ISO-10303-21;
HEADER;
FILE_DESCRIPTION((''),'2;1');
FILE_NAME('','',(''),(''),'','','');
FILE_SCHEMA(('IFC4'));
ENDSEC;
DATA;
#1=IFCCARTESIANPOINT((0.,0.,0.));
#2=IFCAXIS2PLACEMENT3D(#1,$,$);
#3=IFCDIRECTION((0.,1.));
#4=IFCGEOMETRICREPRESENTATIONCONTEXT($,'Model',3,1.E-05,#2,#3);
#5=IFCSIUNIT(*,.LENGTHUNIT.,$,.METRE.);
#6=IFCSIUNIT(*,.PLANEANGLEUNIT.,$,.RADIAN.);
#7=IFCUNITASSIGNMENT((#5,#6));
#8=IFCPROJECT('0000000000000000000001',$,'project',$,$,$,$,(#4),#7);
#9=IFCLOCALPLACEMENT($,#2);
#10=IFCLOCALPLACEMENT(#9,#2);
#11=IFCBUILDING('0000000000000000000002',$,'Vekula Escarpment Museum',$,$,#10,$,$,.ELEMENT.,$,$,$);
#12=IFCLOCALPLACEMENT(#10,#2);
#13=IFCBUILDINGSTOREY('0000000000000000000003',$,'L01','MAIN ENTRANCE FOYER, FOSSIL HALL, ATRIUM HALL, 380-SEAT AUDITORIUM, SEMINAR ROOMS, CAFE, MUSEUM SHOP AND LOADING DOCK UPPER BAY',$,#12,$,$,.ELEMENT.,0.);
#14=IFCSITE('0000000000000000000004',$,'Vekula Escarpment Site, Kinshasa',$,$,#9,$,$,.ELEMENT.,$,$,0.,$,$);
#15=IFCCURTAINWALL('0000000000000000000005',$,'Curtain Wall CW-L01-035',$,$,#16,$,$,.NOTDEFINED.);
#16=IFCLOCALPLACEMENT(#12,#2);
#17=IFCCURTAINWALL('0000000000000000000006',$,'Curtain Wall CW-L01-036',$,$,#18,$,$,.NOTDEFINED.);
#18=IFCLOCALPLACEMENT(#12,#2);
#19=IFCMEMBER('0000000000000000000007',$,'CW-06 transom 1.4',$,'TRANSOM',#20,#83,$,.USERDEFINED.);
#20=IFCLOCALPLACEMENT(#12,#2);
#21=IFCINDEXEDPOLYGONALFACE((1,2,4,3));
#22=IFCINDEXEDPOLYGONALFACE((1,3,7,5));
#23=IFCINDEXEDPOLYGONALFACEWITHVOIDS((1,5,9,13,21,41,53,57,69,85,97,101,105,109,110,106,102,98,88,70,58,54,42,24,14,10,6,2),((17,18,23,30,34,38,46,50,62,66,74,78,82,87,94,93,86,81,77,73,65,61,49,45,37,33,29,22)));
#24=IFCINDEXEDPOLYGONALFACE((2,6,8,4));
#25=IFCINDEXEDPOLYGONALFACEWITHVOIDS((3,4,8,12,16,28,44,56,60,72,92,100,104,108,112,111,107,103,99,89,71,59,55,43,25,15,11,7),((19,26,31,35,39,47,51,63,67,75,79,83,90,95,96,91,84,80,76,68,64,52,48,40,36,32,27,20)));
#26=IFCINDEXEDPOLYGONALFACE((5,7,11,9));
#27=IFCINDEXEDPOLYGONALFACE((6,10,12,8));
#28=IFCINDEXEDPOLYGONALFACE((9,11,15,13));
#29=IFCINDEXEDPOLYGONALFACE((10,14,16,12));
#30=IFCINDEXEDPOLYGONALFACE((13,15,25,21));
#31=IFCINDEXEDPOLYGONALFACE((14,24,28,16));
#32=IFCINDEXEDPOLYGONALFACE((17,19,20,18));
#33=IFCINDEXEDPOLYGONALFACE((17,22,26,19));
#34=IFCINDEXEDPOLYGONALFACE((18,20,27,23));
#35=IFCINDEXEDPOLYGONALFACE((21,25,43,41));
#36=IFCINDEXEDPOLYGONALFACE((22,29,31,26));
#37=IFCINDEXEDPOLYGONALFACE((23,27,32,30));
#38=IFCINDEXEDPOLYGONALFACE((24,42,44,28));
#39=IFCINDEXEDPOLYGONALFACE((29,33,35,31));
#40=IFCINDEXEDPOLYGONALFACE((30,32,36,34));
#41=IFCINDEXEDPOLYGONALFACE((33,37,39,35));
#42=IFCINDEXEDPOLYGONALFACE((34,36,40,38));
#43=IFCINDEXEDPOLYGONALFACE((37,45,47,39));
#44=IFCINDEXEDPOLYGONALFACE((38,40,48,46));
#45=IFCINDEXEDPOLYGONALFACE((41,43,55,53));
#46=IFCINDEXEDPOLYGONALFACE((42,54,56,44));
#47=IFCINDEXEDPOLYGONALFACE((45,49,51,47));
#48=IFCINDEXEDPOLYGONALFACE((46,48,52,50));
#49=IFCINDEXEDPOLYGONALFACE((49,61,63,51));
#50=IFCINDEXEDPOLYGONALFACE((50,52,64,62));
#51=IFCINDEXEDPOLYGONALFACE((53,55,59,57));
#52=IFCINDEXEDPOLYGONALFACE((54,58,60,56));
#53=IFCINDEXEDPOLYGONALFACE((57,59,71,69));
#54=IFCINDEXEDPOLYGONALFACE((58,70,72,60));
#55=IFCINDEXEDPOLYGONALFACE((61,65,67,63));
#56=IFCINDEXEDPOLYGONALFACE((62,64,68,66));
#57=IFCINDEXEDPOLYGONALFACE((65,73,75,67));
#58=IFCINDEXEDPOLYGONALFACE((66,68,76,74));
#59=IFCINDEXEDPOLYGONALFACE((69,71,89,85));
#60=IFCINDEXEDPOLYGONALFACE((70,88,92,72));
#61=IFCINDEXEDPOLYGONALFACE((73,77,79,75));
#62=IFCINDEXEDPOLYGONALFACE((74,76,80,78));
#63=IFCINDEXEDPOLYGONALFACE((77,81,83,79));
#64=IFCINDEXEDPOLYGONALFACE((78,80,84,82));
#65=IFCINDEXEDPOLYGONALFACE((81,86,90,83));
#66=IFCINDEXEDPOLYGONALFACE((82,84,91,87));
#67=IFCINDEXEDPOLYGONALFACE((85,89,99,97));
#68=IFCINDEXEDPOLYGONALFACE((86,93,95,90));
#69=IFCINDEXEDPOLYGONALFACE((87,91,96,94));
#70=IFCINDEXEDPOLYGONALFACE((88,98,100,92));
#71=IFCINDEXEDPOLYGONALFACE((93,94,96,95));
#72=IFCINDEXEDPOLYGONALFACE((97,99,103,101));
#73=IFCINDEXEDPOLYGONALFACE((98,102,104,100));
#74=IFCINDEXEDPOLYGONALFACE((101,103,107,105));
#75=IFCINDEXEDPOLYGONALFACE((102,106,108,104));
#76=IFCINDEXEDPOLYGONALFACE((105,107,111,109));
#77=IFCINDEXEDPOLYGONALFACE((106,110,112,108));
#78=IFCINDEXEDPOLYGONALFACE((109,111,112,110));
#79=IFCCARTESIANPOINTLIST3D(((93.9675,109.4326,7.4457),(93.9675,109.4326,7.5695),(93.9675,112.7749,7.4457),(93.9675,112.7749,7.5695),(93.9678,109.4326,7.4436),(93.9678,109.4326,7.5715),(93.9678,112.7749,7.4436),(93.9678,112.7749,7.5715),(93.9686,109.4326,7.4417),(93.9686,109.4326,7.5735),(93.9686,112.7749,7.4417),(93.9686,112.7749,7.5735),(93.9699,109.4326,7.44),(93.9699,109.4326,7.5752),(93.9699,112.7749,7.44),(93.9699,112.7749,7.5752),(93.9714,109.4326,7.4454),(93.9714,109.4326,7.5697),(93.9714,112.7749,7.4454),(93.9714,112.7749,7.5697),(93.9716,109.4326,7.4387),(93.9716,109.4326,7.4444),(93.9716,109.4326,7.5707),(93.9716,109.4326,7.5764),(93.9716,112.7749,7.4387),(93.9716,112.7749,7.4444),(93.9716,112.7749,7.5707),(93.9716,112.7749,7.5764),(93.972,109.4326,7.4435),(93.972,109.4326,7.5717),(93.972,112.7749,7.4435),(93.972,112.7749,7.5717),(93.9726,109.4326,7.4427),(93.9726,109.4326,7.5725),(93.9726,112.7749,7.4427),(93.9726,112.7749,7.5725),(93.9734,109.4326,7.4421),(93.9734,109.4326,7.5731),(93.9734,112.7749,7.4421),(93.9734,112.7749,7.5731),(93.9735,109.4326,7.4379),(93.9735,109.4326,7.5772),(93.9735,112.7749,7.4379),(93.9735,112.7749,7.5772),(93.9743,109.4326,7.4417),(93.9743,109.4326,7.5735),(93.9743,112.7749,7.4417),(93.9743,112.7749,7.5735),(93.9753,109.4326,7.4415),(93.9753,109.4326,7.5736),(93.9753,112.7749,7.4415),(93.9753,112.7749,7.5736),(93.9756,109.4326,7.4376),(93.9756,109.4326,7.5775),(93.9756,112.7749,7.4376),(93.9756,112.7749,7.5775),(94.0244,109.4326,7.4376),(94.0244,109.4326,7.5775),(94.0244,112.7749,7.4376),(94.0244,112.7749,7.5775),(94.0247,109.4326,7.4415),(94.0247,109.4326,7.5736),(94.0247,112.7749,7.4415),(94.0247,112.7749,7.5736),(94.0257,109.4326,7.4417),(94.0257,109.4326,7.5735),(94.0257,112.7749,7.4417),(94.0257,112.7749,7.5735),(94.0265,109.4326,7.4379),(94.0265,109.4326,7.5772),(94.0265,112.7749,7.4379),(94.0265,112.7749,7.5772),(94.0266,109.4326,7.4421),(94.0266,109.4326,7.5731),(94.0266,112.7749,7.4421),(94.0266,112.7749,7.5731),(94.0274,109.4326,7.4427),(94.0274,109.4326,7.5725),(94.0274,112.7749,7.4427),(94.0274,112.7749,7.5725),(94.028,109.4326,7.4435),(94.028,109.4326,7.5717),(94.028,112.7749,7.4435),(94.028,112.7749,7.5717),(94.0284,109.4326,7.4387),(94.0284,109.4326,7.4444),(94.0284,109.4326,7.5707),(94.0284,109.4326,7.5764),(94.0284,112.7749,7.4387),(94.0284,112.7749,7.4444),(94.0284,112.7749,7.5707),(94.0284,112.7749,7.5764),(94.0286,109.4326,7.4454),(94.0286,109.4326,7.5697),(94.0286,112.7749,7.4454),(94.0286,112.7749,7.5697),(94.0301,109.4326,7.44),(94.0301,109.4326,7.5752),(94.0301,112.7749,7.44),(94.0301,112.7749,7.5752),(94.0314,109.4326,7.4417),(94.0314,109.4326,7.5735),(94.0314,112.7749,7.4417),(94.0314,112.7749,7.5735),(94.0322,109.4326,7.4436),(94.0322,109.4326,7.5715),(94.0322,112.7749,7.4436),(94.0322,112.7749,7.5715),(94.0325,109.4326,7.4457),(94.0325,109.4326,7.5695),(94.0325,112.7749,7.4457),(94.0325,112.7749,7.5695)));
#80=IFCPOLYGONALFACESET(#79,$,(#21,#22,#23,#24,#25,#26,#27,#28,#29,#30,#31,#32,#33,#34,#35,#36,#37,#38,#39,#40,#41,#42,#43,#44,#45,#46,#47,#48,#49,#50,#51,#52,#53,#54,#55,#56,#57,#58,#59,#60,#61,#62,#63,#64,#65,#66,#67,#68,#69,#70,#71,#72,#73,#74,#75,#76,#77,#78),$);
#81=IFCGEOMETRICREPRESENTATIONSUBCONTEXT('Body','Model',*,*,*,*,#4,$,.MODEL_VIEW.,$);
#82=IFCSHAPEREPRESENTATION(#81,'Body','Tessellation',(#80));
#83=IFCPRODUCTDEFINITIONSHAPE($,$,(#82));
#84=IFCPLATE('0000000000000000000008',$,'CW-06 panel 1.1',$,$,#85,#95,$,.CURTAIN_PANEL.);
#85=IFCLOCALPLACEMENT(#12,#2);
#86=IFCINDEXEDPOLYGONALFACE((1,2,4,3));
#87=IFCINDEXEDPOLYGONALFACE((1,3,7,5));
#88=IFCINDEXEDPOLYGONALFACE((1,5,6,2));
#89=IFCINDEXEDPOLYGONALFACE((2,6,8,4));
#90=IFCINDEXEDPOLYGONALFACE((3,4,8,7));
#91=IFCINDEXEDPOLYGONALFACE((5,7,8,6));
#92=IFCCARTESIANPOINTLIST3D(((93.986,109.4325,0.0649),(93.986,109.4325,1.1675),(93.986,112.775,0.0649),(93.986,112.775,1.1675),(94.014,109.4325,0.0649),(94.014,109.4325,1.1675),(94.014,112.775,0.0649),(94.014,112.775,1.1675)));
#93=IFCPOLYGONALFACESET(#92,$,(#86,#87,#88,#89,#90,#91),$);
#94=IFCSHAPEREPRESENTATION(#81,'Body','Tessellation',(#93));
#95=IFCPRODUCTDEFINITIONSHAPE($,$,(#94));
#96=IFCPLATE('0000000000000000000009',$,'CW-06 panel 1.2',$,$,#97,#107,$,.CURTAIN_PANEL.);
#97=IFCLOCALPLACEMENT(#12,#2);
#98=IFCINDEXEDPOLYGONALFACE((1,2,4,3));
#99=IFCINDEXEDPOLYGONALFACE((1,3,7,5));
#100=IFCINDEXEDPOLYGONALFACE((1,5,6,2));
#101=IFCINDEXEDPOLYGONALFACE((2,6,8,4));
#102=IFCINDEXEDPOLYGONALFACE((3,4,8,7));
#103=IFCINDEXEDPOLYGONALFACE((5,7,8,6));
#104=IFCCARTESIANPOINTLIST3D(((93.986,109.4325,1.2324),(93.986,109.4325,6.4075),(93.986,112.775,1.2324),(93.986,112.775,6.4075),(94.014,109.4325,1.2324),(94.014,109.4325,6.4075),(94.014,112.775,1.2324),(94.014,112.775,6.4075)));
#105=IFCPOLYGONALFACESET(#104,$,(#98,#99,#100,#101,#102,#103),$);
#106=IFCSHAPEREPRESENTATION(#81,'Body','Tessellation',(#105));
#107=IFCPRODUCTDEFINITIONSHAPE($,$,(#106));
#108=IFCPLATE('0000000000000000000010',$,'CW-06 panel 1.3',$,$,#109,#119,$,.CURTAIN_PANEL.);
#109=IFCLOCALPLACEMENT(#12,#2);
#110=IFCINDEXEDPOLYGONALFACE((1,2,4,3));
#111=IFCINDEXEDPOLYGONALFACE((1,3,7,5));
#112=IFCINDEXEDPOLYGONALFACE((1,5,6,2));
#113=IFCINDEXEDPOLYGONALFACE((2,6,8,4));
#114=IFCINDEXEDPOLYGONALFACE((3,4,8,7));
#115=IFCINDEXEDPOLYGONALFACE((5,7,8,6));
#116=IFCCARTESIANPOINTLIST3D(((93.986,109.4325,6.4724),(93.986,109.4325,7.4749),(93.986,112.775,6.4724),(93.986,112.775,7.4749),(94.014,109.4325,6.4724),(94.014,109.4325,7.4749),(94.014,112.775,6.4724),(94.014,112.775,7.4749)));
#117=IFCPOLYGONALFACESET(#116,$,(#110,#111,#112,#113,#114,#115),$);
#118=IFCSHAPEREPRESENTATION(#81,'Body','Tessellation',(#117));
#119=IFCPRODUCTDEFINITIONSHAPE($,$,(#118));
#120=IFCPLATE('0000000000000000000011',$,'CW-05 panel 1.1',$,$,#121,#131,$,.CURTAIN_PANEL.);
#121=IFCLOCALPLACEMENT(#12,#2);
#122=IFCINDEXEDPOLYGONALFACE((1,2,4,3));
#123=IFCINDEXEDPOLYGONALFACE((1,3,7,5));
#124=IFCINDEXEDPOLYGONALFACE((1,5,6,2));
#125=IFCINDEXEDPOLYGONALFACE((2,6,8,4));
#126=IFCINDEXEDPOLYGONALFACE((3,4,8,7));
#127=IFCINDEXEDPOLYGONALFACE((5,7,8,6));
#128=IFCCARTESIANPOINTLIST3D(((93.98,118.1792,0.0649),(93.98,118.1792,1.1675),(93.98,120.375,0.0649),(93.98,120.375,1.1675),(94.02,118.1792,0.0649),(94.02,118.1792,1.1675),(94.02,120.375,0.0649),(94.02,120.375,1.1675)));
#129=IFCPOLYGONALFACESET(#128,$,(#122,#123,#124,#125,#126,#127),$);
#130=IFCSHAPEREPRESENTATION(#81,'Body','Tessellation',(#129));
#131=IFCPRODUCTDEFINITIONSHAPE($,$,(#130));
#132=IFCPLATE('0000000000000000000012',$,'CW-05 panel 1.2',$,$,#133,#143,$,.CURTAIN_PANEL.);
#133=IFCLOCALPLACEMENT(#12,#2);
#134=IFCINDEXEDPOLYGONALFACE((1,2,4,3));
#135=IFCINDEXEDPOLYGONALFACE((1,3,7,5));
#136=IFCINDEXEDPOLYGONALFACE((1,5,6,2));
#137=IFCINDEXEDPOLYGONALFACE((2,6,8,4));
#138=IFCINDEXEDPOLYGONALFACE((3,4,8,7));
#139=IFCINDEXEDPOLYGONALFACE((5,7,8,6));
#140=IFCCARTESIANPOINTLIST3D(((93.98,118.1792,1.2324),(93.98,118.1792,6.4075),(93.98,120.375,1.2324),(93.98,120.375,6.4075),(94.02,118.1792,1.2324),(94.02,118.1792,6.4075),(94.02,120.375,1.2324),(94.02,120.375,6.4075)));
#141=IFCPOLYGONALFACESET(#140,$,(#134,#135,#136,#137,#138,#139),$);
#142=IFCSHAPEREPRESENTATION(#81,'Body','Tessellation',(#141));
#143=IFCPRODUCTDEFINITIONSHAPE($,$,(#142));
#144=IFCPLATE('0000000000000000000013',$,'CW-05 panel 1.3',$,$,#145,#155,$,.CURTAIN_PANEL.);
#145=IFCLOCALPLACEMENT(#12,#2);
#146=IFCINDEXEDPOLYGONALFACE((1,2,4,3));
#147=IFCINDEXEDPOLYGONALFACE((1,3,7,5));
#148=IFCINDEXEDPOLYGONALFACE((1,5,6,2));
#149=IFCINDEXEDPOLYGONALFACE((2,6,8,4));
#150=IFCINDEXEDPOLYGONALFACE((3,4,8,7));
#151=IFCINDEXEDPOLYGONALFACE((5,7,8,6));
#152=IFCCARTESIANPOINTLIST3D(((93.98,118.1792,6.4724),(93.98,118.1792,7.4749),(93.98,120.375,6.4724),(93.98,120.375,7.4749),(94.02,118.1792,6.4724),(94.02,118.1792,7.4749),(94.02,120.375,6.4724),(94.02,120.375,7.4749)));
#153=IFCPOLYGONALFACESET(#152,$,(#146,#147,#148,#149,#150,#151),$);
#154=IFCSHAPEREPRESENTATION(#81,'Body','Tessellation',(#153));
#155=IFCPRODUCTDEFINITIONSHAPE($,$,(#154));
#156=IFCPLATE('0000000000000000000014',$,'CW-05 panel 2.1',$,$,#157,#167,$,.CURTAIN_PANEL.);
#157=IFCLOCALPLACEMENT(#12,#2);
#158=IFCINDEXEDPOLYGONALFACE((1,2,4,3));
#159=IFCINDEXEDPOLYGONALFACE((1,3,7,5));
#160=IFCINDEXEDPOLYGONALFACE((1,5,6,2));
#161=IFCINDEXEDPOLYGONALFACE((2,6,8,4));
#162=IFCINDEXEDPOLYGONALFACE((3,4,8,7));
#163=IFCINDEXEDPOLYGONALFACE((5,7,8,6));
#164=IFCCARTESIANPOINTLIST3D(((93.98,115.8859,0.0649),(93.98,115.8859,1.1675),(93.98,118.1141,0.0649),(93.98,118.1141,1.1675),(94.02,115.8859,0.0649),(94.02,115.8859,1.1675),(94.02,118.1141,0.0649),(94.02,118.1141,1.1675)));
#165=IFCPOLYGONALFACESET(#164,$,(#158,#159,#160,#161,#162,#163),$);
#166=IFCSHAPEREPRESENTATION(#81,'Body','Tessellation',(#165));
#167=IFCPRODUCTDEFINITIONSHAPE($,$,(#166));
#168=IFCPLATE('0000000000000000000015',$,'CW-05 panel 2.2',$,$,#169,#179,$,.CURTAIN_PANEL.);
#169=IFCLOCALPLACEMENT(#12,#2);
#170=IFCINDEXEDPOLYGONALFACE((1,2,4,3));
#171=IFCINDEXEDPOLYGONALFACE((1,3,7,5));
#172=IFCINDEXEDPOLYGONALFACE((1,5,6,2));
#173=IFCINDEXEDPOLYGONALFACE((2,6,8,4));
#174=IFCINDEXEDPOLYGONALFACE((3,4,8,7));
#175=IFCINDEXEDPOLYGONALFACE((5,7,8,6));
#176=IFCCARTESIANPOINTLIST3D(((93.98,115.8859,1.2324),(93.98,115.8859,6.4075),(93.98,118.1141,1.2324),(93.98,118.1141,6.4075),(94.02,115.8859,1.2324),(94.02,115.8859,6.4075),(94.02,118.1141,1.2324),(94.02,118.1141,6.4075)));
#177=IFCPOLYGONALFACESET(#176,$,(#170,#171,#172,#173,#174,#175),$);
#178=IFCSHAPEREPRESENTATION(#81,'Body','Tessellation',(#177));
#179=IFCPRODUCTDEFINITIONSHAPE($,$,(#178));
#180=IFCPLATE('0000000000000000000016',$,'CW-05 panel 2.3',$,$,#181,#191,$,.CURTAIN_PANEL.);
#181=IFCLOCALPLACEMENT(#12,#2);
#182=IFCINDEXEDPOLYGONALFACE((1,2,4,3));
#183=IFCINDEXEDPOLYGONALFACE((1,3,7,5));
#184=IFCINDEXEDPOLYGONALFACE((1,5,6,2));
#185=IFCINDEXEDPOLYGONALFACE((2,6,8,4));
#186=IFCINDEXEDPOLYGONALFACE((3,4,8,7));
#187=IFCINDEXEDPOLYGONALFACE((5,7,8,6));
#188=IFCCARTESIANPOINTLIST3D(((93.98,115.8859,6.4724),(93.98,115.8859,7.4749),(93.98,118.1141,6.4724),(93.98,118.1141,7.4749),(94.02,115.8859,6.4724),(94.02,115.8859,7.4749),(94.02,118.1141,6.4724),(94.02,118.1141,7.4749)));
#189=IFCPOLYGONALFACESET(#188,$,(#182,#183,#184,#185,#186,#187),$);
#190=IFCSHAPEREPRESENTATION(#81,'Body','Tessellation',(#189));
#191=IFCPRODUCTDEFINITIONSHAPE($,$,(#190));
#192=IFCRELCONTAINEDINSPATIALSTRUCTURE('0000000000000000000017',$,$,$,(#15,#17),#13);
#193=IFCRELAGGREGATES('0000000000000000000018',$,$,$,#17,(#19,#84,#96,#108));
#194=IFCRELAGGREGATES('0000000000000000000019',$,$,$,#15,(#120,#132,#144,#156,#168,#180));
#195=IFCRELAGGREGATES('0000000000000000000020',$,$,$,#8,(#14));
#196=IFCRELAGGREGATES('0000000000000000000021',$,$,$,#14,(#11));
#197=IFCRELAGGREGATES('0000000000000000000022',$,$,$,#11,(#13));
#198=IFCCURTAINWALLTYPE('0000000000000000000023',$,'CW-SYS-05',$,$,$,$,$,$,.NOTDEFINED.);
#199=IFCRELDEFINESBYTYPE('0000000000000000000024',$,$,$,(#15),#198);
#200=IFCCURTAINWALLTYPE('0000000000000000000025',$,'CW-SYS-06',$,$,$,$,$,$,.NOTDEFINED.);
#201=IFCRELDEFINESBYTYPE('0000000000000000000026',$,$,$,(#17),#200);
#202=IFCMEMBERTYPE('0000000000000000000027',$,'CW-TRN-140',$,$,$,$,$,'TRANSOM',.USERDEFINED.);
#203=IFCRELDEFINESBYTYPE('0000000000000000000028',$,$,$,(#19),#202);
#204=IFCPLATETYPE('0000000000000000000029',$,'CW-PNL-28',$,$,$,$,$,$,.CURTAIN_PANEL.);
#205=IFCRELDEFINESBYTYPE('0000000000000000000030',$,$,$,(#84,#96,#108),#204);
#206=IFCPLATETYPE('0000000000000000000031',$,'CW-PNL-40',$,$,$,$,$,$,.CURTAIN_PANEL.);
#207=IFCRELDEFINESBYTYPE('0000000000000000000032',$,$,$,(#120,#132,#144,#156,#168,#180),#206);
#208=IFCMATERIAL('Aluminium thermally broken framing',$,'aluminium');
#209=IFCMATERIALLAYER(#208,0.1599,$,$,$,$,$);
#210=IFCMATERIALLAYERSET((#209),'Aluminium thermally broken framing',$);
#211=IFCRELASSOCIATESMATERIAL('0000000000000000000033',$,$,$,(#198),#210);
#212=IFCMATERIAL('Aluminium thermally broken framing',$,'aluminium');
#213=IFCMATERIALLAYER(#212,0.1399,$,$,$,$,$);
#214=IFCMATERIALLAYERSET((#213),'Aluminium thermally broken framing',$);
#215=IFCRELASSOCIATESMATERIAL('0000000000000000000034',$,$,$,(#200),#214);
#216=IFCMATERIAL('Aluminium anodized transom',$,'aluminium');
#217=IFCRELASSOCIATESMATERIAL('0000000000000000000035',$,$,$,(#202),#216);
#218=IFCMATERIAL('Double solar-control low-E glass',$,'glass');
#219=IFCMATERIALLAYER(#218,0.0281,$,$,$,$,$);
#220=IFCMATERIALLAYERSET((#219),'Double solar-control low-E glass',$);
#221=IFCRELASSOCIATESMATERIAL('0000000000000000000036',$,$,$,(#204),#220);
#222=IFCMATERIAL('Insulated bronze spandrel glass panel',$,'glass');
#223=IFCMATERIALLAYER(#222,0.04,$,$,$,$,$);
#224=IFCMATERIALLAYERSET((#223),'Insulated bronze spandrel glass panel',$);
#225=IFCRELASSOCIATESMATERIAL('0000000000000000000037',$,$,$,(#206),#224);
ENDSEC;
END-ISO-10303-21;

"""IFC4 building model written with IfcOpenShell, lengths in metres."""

from ifc_helpers import new_model, si_unit, direction, frame, origin, origin_2d, place, context, subcontext, project, spatial, rectangle, hollow_rectangle, extrude, material, layer, layer_set, material_profile, profile_set, type_object, element, aggregate, save


model = new_model("IFC4")

# Units and contexts
model_context = context("Model", 3, precision=1e-05, world=origin(), true_north=direction((0.0, 1.0)))
body_context = subcontext(model_context, "Body", "Model", "MODEL_VIEW")
ifc_project = project(units=[si_unit("LENGTHUNIT", "METRE"), si_unit("PLANEANGLEUNIT", "RADIAN")], contexts=[model_context])

# Site, building, storey
site_placement = place(None, origin())
site = spatial("IfcSite", under=ifc_project, at=site_placement, Name="Vekula Escarpment Site, Kinshasa", CompositionType="ELEMENT", RefElevation=0.0)
building_placement = place(site_placement, origin())
building = spatial("IfcBuilding", under=site, at=building_placement, Name="Vekula Escarpment Museum", CompositionType="ELEMENT")
storey_placement = place(building_placement, origin())
storey = spatial("IfcBuildingStorey", under=building, at=storey_placement, Name="L01", Description="MAIN ENTRANCE FOYER, FOSSIL HALL, ATRIUM HALL, 380-SEAT AUDITORIUM, SEMINAR ROOMS, CAFE, MUSEUM SHOP AND LOADING DOCK UPPER BAY", CompositionType="ELEMENT", Elevation=0.0)

# Curtain wall
ifc_material_1 = material(Name="Aluminium thermally broken framing", Category="aluminium")
ifc_layer_1 = layer(ifc_material_1, 0.1599)
ifc_layer_set_1 = layer_set([ifc_layer_1], Name="Aluminium thermally broken framing")
curtain_wall_type_1 = type_object("IfcCurtainWallType", Name="CW-SYS-05", PredefinedType="NOTDEFINED", material=ifc_layer_set_1)
curtain_wall_1_placement = place(storey_placement, origin())
curtain_wall_1 = element("IfcCurtainWall", 1, at=curtain_wall_1_placement, inside=storey, type_object=curtain_wall_type_1, Name="Curtain Wall CW-L01-035", PredefinedType="NOTDEFINED")

# Curtain wall
ifc_material_2 = material(Name="Aluminium thermally broken framing", Category="aluminium")
ifc_layer_2 = layer(ifc_material_2, 0.1399)
ifc_layer_set_2 = layer_set([ifc_layer_2], Name="Aluminium thermally broken framing")
curtain_wall_type_2 = type_object("IfcCurtainWallType", Name="CW-SYS-06", PredefinedType="NOTDEFINED", material=ifc_layer_set_2)
curtain_wall_2_placement = place(storey_placement, origin())
curtain_wall_2 = element("IfcCurtainWall", 2, at=curtain_wall_2_placement, inside=storey, type_object=curtain_wall_type_2, Name="Curtain Wall CW-L01-036", PredefinedType="NOTDEFINED")

# Member
ifc_material_3 = material(Name="Aluminium anodized transom", Category="aluminium")
ifc_material_profile_1 = material_profile(ifc_material_3, hollow_rectangle(XDim=0.0649, YDim=0.1399, WallThickness=0.0039, InnerFilletRadius=0.0039, OuterFilletRadius=0.0081, at=origin_2d()), Name="ALU 140x65x4")
ifc_profile_set_1 = profile_set([ifc_material_profile_1], Name="Aluminium anodized transom")
member_type_1 = type_object("IfcMemberType", Name="CW-TRN-140", ElementType="TRANSOM", PredefinedType="USERDEFINED", material=ifc_profile_set_1)
member_1_placement = place(storey_placement, frame((94.0, 112.7749, 7.5076), z_axis=(0.0, -1.0, 0.0), x_axis=(1.0, 0.0, 0.0)))
member_1 = element("IfcMember", 3, at=member_1_placement, type_object=member_type_1, Name="CW-06 transom 1.4", ObjectType="TRANSOM", PredefinedType="USERDEFINED", context=body_context, shape_type="SweptSolid", body=[
    extrude(hollow_rectangle(XDim=0.0649, YDim=0.1399, WallThickness=0.0039, InnerFilletRadius=0.0039, OuterFilletRadius=0.0081, at=origin_2d()), origin(), (0.0, 0.0, 1.0), 3.3423),
])

# Plates
ifc_material_4 = material(Name="Double solar-control low-E glass", Category="glass")
ifc_layer_3 = layer(ifc_material_4, 0.0281)
ifc_layer_set_3 = layer_set([ifc_layer_3], Name="Double solar-control low-E glass")
plate_type_1 = type_object("IfcPlateType", Name="CW-PNL-28", PredefinedType="CURTAIN_PANEL", material=ifc_layer_set_3)
plate_1_placement = place(storey_placement, frame((94.0, 111.1038, 0.0649), z_axis=(0.0, 0.0, 1.0), x_axis=(0.0, -1.0, 0.0)))
plate_1 = element("IfcPlate", 4, at=plate_1_placement, type_object=plate_type_1, Name="CW-06 panel 1.1", PredefinedType="CURTAIN_PANEL", context=body_context, shape_type="SweptSolid", body=[
    extrude(rectangle(XDim=3.3425, YDim=0.0281, at=origin_2d()), origin(), (0.0, 0.0, 1.0), 1.1025),
])
plate_2_placement = place(storey_placement, frame((94.0, 111.1038, 1.2324), z_axis=(0.0, 0.0, 1.0), x_axis=(0.0, -1.0, 0.0)))
plate_2 = element("IfcPlate", 5, at=plate_2_placement, type_object=plate_type_1, Name="CW-06 panel 1.2", PredefinedType="CURTAIN_PANEL", context=body_context, shape_type="SweptSolid", body=[
    extrude(rectangle(XDim=3.3425, YDim=0.0281, at=origin_2d()), origin(), (0.0, 0.0, 1.0), 5.175),
])
plate_3_placement = place(storey_placement, frame((94.0, 111.1038, 6.4724), z_axis=(0.0, 0.0, 1.0), x_axis=(0.0, -1.0, 0.0)))
plate_3 = element("IfcPlate", 6, at=plate_3_placement, type_object=plate_type_1, Name="CW-06 panel 1.3", PredefinedType="CURTAIN_PANEL", context=body_context, shape_type="SweptSolid", body=[
    extrude(rectangle(XDim=3.3425, YDim=0.0281, at=origin_2d()), origin(), (0.0, 0.0, 1.0), 1.0024),
])
aggregate(curtain_wall_2, [member_1, plate_1, plate_2, plate_3])
ifc_material_5 = material(Name="Insulated bronze spandrel glass panel", Category="glass")
ifc_layer_4 = layer(ifc_material_5, 0.04)
ifc_layer_set_4 = layer_set([ifc_layer_4], Name="Insulated bronze spandrel glass panel")
plate_type_2 = type_object("IfcPlateType", Name="CW-PNL-40", PredefinedType="CURTAIN_PANEL", material=ifc_layer_set_4)
plate_4_placement = place(storey_placement, frame((94.0, 119.2771, 0.0649), z_axis=(0.0, 0.0, 1.0), x_axis=(0.0, -1.0, 0.0)))
plate_4 = element("IfcPlate", 7, at=plate_4_placement, type_object=plate_type_2, Name="CW-05 panel 1.1", PredefinedType="CURTAIN_PANEL", context=body_context, shape_type="SweptSolid", body=[
    extrude(rectangle(XDim=2.1958, YDim=0.04, at=origin_2d()), origin(), (0.0, 0.0, 1.0), 1.1025),
])
plate_5_placement = place(storey_placement, frame((94.0, 119.2771, 1.2324), z_axis=(0.0, 0.0, 1.0), x_axis=(0.0, -1.0, 0.0)))
plate_5 = element("IfcPlate", 8, at=plate_5_placement, type_object=plate_type_2, Name="CW-05 panel 1.2", PredefinedType="CURTAIN_PANEL", context=body_context, shape_type="SweptSolid", body=[
    extrude(rectangle(XDim=2.1958, YDim=0.04, at=origin_2d()), origin(), (0.0, 0.0, 1.0), 5.175),
])
plate_6_placement = place(storey_placement, frame((94.0, 119.2771, 6.4724), z_axis=(0.0, 0.0, 1.0), x_axis=(0.0, -1.0, 0.0)))
plate_6 = element("IfcPlate", 9, at=plate_6_placement, type_object=plate_type_2, Name="CW-05 panel 1.3", PredefinedType="CURTAIN_PANEL", context=body_context, shape_type="SweptSolid", body=[
    extrude(rectangle(XDim=2.1958, YDim=0.04, at=origin_2d()), origin(), (0.0, 0.0, 1.0), 1.0024),
])
plate_7_placement = place(storey_placement, frame((94.0, 117.0, 0.0649), z_axis=(0.0, 0.0, 1.0), x_axis=(0.0, -1.0, 0.0)))
plate_7 = element("IfcPlate", 10, at=plate_7_placement, type_object=plate_type_2, Name="CW-05 panel 2.1", PredefinedType="CURTAIN_PANEL", context=body_context, shape_type="SweptSolid", body=[
    extrude(rectangle(XDim=2.2283, YDim=0.04, at=origin_2d()), origin(), (0.0, 0.0, 1.0), 1.1025),
])
plate_8_placement = place(storey_placement, frame((94.0, 117.0, 1.2324), z_axis=(0.0, 0.0, 1.0), x_axis=(0.0, -1.0, 0.0)))
plate_8 = element("IfcPlate", 11, at=plate_8_placement, type_object=plate_type_2, Name="CW-05 panel 2.2", PredefinedType="CURTAIN_PANEL", context=body_context, shape_type="SweptSolid", body=[
    extrude(rectangle(XDim=2.2283, YDim=0.04, at=origin_2d()), origin(), (0.0, 0.0, 1.0), 5.175),
])
plate_9_placement = place(storey_placement, frame((94.0, 117.0, 6.4724), z_axis=(0.0, 0.0, 1.0), x_axis=(0.0, -1.0, 0.0)))
plate_9 = element("IfcPlate", 12, at=plate_9_placement, type_object=plate_type_2, Name="CW-05 panel 2.3", PredefinedType="CURTAIN_PANEL", context=body_context, shape_type="SweptSolid", body=[
    extrude(rectangle(XDim=2.2283, YDim=0.04, at=origin_2d()), origin(), (0.0, 0.0, 1.0), 1.0024),
])
aggregate(curtain_wall_1, [plate_4, plate_5, plate_6, plate_7, plate_8, plate_9])

save(model, "model.ifc")
